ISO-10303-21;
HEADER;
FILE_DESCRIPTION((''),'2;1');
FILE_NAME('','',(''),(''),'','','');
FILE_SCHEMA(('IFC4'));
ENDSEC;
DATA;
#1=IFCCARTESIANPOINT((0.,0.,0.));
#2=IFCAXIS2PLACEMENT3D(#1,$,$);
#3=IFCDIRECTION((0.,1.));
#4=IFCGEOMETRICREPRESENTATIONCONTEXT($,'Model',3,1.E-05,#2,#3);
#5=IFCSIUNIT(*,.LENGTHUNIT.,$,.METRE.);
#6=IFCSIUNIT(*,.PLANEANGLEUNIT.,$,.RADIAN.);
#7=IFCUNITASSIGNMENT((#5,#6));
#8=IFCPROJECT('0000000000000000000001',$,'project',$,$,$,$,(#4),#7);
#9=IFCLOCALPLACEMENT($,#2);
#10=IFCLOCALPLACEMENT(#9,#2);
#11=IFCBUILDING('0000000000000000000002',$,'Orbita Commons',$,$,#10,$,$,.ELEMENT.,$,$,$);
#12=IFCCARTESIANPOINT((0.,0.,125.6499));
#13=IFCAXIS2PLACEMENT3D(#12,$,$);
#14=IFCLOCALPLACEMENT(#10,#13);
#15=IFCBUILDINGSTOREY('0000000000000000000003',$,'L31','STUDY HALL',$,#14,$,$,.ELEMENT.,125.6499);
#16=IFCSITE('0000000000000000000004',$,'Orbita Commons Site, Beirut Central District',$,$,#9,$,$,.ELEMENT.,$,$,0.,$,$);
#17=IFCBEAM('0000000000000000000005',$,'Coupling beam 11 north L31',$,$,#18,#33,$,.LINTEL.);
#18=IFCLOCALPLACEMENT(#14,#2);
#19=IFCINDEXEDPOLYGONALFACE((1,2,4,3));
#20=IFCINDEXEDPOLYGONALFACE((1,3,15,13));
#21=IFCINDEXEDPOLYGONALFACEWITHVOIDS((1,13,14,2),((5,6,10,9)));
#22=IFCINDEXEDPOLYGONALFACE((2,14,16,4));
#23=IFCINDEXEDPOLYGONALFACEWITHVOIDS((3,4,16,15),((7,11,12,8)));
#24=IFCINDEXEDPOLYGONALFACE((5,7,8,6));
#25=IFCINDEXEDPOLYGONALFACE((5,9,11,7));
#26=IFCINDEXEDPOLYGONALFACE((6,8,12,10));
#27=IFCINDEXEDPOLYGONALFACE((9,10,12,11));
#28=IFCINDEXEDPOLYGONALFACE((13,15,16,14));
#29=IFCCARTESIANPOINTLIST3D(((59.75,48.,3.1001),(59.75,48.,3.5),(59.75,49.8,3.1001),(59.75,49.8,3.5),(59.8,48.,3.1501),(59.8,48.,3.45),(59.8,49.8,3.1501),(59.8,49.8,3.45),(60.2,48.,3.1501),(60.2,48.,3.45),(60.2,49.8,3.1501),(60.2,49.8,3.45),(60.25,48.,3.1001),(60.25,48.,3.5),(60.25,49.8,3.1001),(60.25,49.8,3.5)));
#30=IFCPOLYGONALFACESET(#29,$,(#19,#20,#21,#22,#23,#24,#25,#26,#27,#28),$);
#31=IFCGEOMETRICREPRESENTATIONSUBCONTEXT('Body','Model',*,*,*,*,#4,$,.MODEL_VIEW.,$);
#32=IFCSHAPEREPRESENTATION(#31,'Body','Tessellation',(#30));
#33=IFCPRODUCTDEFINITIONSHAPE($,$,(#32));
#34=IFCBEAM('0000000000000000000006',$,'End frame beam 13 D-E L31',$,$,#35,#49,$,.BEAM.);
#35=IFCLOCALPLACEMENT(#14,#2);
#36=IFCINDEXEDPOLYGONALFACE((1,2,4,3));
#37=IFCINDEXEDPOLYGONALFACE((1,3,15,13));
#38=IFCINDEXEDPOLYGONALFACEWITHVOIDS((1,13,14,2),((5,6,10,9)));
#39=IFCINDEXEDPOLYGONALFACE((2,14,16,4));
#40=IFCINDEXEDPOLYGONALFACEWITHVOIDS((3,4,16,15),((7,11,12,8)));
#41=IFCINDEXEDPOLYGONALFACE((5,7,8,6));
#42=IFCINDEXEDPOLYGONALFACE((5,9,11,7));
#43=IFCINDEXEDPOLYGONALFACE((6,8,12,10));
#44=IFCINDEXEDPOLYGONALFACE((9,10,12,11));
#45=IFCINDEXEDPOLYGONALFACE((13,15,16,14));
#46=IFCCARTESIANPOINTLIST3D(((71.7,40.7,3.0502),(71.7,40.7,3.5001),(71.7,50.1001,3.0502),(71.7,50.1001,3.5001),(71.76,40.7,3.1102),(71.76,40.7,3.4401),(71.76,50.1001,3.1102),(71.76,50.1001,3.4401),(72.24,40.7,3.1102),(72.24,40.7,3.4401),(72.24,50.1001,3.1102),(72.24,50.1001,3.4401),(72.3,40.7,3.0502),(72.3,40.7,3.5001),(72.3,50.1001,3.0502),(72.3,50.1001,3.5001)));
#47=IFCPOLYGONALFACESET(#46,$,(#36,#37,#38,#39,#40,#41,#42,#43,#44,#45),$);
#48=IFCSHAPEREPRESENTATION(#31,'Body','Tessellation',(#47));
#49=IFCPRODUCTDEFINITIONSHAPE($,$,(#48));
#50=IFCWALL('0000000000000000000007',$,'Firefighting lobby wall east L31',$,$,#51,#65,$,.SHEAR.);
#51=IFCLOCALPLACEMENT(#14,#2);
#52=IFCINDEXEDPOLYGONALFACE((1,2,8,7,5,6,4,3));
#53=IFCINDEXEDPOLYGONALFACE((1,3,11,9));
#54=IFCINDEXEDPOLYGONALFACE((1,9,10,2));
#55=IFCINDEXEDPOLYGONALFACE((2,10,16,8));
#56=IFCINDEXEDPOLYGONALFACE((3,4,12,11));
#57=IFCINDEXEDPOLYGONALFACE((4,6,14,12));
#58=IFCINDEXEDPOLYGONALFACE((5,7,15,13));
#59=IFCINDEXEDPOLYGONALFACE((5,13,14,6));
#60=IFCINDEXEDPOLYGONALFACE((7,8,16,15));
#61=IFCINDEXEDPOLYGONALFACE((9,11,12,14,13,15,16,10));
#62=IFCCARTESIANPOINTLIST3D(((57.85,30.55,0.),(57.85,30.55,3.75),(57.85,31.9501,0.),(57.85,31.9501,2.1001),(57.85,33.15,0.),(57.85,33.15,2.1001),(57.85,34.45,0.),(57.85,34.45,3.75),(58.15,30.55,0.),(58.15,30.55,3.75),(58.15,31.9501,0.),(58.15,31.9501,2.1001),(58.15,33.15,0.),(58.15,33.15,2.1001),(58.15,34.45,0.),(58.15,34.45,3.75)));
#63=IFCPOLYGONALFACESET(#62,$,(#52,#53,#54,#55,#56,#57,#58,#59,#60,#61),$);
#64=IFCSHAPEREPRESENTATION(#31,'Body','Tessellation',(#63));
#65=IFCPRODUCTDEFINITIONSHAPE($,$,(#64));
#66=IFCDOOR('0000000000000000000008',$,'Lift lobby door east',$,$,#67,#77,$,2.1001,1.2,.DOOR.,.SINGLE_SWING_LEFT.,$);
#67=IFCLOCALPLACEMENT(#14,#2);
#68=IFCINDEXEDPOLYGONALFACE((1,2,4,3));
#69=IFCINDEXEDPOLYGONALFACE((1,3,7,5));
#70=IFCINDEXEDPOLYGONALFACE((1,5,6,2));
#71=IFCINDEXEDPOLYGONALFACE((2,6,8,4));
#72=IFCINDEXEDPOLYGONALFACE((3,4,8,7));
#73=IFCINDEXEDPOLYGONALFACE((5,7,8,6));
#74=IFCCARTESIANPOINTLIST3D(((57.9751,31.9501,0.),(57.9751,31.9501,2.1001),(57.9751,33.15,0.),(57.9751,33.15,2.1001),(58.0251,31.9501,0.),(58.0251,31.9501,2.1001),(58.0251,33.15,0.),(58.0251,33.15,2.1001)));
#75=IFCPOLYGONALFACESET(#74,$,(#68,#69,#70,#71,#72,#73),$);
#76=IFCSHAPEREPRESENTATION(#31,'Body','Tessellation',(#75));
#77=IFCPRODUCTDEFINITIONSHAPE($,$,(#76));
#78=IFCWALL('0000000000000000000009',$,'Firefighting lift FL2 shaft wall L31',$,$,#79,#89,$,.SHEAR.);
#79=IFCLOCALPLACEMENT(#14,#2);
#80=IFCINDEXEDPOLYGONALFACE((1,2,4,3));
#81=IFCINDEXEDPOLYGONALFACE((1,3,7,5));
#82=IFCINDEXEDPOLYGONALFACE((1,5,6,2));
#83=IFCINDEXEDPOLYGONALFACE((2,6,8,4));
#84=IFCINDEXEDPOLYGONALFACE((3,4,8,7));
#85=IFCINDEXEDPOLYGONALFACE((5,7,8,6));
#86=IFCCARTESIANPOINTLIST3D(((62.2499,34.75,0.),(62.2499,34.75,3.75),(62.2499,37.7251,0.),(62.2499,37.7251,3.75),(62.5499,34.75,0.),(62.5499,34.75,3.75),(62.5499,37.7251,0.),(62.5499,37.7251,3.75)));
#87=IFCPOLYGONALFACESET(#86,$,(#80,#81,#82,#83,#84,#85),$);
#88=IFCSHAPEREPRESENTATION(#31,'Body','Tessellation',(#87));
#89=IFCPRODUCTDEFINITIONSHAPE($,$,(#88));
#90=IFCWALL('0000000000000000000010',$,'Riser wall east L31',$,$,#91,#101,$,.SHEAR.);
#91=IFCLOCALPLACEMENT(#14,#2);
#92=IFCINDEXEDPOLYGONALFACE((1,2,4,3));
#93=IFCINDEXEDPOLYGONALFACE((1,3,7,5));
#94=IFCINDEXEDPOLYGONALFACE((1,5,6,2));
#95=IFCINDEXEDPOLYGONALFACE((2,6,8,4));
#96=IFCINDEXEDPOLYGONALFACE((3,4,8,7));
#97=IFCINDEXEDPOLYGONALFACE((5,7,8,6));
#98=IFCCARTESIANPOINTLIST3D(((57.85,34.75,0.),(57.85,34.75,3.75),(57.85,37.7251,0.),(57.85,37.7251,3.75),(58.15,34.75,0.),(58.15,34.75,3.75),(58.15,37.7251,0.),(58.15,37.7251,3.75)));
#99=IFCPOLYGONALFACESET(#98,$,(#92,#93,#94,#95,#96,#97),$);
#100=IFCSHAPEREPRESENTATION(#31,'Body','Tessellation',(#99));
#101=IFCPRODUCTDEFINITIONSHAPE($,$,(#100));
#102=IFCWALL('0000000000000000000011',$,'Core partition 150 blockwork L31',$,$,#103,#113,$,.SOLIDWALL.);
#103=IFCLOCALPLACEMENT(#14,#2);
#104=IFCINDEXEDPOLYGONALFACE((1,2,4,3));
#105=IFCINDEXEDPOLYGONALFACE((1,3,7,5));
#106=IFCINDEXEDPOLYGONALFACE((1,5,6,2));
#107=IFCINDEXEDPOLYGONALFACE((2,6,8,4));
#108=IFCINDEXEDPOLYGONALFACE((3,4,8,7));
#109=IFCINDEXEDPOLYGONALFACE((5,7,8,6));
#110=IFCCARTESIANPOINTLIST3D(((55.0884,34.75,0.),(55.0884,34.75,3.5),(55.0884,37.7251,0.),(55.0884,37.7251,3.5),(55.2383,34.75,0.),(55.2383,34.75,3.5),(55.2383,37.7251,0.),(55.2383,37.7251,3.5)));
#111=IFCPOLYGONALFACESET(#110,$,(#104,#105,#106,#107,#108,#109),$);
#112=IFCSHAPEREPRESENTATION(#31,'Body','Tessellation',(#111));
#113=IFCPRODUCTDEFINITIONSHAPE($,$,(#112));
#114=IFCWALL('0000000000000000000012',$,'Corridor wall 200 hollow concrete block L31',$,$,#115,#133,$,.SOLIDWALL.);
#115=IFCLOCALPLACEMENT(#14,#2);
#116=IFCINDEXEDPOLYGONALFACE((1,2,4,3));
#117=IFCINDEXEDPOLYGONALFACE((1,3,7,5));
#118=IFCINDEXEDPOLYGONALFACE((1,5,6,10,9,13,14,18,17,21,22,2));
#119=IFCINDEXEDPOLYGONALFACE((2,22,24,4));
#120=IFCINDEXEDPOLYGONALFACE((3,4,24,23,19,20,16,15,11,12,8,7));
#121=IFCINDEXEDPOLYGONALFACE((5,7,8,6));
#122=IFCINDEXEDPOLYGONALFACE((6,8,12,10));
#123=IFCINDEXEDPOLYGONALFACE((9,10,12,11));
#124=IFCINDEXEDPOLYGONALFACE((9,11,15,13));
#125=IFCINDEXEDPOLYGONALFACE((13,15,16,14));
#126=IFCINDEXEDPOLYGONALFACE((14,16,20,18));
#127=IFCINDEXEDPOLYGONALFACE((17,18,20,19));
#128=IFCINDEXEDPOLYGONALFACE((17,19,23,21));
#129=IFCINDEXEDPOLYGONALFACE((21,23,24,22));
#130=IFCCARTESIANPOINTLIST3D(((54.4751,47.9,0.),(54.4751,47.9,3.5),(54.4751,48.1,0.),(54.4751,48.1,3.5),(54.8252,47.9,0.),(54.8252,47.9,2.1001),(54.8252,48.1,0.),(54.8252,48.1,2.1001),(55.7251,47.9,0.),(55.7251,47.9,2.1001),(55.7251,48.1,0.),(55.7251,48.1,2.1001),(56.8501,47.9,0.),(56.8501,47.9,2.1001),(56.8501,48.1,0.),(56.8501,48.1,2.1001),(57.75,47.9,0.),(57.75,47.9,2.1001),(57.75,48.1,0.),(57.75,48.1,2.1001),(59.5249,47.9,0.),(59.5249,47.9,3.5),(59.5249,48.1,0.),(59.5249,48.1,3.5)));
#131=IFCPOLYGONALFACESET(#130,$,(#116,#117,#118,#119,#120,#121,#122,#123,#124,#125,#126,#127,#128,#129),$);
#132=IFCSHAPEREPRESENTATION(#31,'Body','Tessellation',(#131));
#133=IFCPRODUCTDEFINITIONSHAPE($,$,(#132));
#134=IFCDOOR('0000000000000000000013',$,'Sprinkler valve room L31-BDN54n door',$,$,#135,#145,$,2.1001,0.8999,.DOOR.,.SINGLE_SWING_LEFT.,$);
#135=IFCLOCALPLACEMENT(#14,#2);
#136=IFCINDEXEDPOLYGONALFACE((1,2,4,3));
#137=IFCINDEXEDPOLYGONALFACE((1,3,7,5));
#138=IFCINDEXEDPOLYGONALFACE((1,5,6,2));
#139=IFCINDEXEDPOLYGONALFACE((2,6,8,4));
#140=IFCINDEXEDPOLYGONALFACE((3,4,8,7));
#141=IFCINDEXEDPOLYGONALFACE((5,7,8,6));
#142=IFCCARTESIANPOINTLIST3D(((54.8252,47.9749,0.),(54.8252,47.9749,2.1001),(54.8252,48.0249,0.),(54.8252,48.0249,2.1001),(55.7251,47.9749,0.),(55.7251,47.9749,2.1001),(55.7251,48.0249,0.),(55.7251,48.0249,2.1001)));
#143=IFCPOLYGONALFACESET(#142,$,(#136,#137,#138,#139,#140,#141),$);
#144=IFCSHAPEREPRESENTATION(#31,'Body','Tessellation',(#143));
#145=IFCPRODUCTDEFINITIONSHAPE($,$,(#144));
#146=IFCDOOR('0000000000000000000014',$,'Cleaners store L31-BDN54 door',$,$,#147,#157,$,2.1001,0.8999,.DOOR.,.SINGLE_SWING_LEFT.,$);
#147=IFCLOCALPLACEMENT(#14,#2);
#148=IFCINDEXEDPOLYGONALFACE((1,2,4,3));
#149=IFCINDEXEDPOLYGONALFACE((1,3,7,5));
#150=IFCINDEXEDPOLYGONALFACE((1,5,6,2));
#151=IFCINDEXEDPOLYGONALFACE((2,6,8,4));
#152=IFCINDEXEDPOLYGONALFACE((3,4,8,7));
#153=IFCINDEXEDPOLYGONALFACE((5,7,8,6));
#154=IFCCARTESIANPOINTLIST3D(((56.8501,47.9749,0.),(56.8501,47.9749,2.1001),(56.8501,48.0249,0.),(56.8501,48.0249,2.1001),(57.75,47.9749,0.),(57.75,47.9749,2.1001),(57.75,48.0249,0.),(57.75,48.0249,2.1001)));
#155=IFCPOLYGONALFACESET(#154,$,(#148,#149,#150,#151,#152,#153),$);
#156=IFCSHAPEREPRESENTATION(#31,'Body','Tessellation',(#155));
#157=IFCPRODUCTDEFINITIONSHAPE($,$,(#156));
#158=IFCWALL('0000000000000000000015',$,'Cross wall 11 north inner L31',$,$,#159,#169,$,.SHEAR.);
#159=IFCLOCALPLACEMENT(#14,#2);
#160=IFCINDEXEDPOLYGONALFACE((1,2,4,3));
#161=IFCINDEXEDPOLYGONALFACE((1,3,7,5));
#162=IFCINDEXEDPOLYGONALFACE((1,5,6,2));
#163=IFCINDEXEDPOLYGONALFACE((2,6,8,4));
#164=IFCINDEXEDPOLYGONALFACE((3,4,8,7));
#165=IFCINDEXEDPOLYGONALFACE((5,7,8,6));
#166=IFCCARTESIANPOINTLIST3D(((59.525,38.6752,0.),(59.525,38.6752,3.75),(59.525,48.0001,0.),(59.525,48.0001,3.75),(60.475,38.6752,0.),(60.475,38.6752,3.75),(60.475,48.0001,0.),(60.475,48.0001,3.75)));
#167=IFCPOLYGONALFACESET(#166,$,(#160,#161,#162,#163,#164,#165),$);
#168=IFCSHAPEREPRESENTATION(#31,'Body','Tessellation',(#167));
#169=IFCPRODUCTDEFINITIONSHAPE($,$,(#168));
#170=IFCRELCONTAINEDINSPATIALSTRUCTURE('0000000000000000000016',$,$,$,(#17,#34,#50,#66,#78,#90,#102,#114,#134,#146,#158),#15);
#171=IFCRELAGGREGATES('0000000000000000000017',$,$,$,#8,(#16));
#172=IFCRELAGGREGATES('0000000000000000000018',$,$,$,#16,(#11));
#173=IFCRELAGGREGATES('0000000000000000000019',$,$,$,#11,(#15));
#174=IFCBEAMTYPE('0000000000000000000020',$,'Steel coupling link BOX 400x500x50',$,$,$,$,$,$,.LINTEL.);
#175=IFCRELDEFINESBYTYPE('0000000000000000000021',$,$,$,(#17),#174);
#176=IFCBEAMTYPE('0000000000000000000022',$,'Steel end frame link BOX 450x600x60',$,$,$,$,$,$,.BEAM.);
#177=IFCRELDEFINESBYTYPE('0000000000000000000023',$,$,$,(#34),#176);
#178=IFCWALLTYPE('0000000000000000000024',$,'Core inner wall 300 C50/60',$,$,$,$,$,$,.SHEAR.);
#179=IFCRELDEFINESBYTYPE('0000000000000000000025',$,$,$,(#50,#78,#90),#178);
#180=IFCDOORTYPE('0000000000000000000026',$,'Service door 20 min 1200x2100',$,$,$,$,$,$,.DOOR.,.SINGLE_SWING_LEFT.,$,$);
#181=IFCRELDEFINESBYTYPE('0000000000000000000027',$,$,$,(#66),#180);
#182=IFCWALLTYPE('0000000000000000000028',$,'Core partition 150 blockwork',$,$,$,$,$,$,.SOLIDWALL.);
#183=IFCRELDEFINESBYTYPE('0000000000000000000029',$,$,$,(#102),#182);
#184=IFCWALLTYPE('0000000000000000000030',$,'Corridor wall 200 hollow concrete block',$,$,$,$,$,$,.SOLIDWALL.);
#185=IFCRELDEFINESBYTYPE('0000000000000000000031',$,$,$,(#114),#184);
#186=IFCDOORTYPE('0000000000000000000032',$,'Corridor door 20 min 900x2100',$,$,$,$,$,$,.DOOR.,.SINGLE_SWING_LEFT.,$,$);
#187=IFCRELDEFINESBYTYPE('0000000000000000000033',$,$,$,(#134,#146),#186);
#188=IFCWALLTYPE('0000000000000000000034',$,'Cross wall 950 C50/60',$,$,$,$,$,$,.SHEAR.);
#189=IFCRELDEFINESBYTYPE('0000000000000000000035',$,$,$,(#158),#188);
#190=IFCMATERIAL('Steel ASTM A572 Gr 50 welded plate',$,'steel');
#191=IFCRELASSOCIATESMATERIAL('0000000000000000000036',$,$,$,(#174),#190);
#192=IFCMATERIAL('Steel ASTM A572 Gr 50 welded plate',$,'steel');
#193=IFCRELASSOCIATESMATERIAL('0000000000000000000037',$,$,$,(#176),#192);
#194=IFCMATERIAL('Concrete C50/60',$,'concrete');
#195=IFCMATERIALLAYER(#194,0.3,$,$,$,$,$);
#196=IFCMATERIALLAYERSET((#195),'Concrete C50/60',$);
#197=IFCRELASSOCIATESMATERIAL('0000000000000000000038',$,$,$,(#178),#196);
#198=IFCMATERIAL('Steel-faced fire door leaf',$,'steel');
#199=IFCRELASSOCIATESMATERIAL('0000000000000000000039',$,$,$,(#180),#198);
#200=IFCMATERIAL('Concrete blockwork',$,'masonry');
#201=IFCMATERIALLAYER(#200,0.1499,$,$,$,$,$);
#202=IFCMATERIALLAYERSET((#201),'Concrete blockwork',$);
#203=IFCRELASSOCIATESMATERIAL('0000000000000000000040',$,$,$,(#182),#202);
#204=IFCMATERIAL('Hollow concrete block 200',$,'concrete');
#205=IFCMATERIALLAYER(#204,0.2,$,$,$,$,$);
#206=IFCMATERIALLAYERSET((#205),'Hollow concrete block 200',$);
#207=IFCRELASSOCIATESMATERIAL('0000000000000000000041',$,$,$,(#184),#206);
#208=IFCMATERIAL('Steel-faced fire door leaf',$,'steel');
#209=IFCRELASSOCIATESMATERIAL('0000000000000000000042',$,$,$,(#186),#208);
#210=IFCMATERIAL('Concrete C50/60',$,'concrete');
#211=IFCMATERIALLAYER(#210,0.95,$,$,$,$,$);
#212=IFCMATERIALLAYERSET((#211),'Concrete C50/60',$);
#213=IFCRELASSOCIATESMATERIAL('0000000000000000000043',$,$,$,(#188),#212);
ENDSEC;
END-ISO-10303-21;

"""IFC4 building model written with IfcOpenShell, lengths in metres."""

from ifc_helpers import new_model, si_unit, direction, frame, frame_2d, origin, origin_2d, place, context, subcontext, project, spatial, rectangle, hollow_rectangle, extrude, material, layer, layer_set, material_profile, profile_set, type_object, element, fill, save


model = new_model("IFC4")

# Units and contexts
model_context = context("Model", 3, precision=1e-05, world=origin(), true_north=direction((0.0, 1.0)))
body_context = subcontext(model_context, "Body", "Model", "MODEL_VIEW")
ifc_project = project(units=[si_unit("LENGTHUNIT", "METRE"), si_unit("PLANEANGLEUNIT", "RADIAN")], contexts=[model_context])

# Site, building, storey
site_placement = place(None, origin())
site = spatial("IfcSite", under=ifc_project, at=site_placement, Name="Orbita Commons Site, Beirut Central District", CompositionType="ELEMENT", RefElevation=0.0)
building_placement = place(site_placement, origin())
building = spatial("IfcBuilding", under=site, at=building_placement, Name="Orbita Commons", CompositionType="ELEMENT")
storey_placement = place(building_placement, frame((0.0, 0.0, 125.6499)))
storey = spatial("IfcBuildingStorey", under=building, at=storey_placement, Name="L31", Description="STUDY HALL", CompositionType="ELEMENT", Elevation=125.6499)

# Beams
ifc_material_1 = material(Name="Steel ASTM A572 Gr 50 welded plate", Category="steel")
ifc_material_profile_1 = material_profile(ifc_material_1, hollow_rectangle(XDim=0.5, YDim=0.3999, WallThickness=0.05, at=origin_2d()), Name="BOX 400x500x50")
ifc_profile_set_1 = profile_set([ifc_material_profile_1], Name="Steel ASTM A572 Gr 50 welded plate")
beam_type_1 = type_object("IfcBeamType", Name="Steel coupling link BOX 400x500x50", PredefinedType="LINTEL", material=ifc_profile_set_1)
beam_1_placement = place(storey_placement, frame((60.0, 48.0, 3.3), z_axis=(0.0, 1.0, 0.0), x_axis=(-1.0, 0.0, 0.0)))
element("IfcBeam", 1, at=beam_1_placement, inside=storey, type_object=beam_type_1, Name="Coupling beam 11 north L31", PredefinedType="LINTEL", context=body_context, shape_type="SweptSolid", body=[
    extrude(hollow_rectangle(XDim=0.5, YDim=0.3999, WallThickness=0.05, at=origin_2d()), origin(), (0.0, 0.0, 1.0), 1.8),
])
ifc_material_2 = material(Name="Steel ASTM A572 Gr 50 welded plate", Category="steel")
ifc_material_profile_2 = material_profile(ifc_material_2, hollow_rectangle(XDim=0.6001, YDim=0.45, WallThickness=0.0601, at=origin_2d()), Name="BOX 450x600x60")
ifc_profile_set_2 = profile_set([ifc_material_profile_2], Name="Steel ASTM A572 Gr 50 welded plate")
beam_type_2 = type_object("IfcBeamType", Name="Steel end frame link BOX 450x600x60", PredefinedType="BEAM", material=ifc_profile_set_2)
beam_2_placement = place(storey_placement, frame((72.0, 40.7, 3.2751), z_axis=(0.0, 1.0, 0.0), x_axis=(-1.0, 0.0, 0.0)))
element("IfcBeam", 2, at=beam_2_placement, inside=storey, type_object=beam_type_2, Name="End frame beam 13 D-E L31", PredefinedType="BEAM", context=body_context, shape_type="SweptSolid", body=[
    extrude(hollow_rectangle(XDim=0.6001, YDim=0.45, WallThickness=0.0601, at=origin_2d()), origin(), (0.0, 0.0, 1.0), 9.4001),
])

# Wall, opening, door
ifc_material_3 = material(Name="Concrete C50/60", Category="concrete")
ifc_layer_1 = layer(ifc_material_3, 0.3)
ifc_layer_set_1 = layer_set([ifc_layer_1], Name="Concrete C50/60")
wall_type_1 = type_object("IfcWallType", Name="Core inner wall 300 C50/60", PredefinedType="SHEAR", material=ifc_layer_set_1)
wall_1_placement = place(storey_placement, frame((58.0, 30.55, 0.0), z_axis=(0.0, 0.0, 1.0), x_axis=(0.0, 1.0, 0.0)))
wall_1 = element("IfcWall", 3, at=wall_1_placement, inside=storey, type_object=wall_type_1, Name="Firefighting lobby wall east L31", PredefinedType="SHEAR", context=body_context, shape_type="SweptSolid", body=[
    extrude(rectangle(XDim=3.8999, YDim=0.3, at=frame_2d((1.95, 0.0))), origin(), (0.0, 0.0, 1.0), 3.75),
])
opening_1_placement = place(wall_1_placement, frame((1.3999, 0.0, 0.0)))
opening_1 = element("IfcOpeningElement", 4, at=opening_1_placement, cuts=wall_1, PredefinedType="OPENING", context=body_context, shape_type="SweptSolid", body=[
    extrude(rectangle(XDim=1.2, YDim=2.1001, at=frame_2d((0.6001, 1.05))), frame((0.0, 0.1599, 0.0), z_axis=(0.0, -1.0, 0.0), x_axis=(1.0, 0.0, 0.0)), (0.0, 0.0, 1.0), 0.3201),
])
ifc_material_4 = material(Name="Steel-faced fire door leaf", Category="steel")
door_type_1 = type_object("IfcDoorType", Name="Service door 20 min 1200x2100", OperationType="SINGLE_SWING_LEFT", PredefinedType="DOOR", material=ifc_material_4)
door_1_placement = place(opening_1_placement, origin())
door_1 = element("IfcDoor", 5, at=door_1_placement, inside=storey, type_object=door_type_1, Name="Lift lobby door east", OperationType="SINGLE_SWING_LEFT", OverallHeight=2.1001, OverallWidth=1.2, PredefinedType="DOOR", context=body_context, shape_type="SweptSolid", body=[
    extrude(rectangle(XDim=1.2, YDim=2.1001, at=frame_2d((0.6001, 1.05))), frame((0.0, 0.0249, 0.0), z_axis=(0.0, -1.0, 0.0), x_axis=(1.0, 0.0, 0.0)), (0.0, 0.0, 1.0), 0.05),
])
fill(opening_1, door_1)

# Walls
for number, where, z_axis, x_axis, name in (
    (6, (62.3999, 34.75, 0.0), (0.0, 0.0, 1.0), (0.0, 1.0, 0.0), "Firefighting lift FL2 shaft wall L31"),
    (7, (58.0, 34.75, 0.0), (0.0, 0.0, 1.0), (0.0, 1.0, 0.0), "Riser wall east L31"),
):
    element("IfcWall", number, at=place(storey_placement, frame(where, z_axis=z_axis, x_axis=x_axis)), inside=storey, type_object=wall_type_1, Name=name, PredefinedType="SHEAR", context=body_context, shape_type="SweptSolid", body=[
        extrude(rectangle(XDim=2.9751, YDim=0.3, at=frame_2d((1.4875, 0.0))), origin(), (0.0, 0.0, 1.0), 3.75),
    ])
ifc_material_5 = material(Name="Concrete blockwork", Category="masonry")
ifc_layer_2 = layer(ifc_material_5, 0.1499)
ifc_layer_set_2 = layer_set([ifc_layer_2], Name="Concrete blockwork")
wall_type_2 = type_object("IfcWallType", Name="Core partition 150 blockwork", PredefinedType="SOLIDWALL", material=ifc_layer_set_2)
wall_2_placement = place(storey_placement, frame((55.1633, 34.75, 0.0), z_axis=(0.0, 0.0, 1.0), x_axis=(0.0, 1.0, 0.0)))
element("IfcWall", 8, at=wall_2_placement, inside=storey, type_object=wall_type_2, Name="Core partition 150 blockwork L31", PredefinedType="SOLIDWALL", context=body_context, shape_type="SweptSolid", body=[
    extrude(rectangle(XDim=2.9751, YDim=0.1499, at=frame_2d((1.4875, 0.0))), origin(), (0.0, 0.0, 1.0), 3.5),
])

# Wall, openings, doors
ifc_material_6 = material(Name="Hollow concrete block 200", Category="concrete")
ifc_layer_3 = layer(ifc_material_6, 0.2)
ifc_layer_set_3 = layer_set([ifc_layer_3], Name="Hollow concrete block 200")
wall_type_3 = type_object("IfcWallType", Name="Corridor wall 200 hollow concrete block", PredefinedType="SOLIDWALL", material=ifc_layer_set_3)
wall_3_placement = place(storey_placement, frame((54.4751, 48.0, 0.0), z_axis=(0.0, 0.0, 1.0), x_axis=(1.0, 0.0, 0.0)))
wall_3 = element("IfcWall", 9, at=wall_3_placement, inside=storey, type_object=wall_type_3, Name="Corridor wall 200 hollow concrete block L31", PredefinedType="SOLIDWALL", context=body_context, shape_type="SweptSolid", body=[
    extrude(rectangle(XDim=5.0498, YDim=0.2, at=frame_2d((2.5249, 0.0))), origin(), (0.0, 0.0, 1.0), 3.5),
])
opening_2_placement = place(wall_3_placement, frame((0.3501, 0.0, 0.0)))
opening_2 = element("IfcOpeningElement", 10, at=opening_2_placement, cuts=wall_3, PredefinedType="OPENING", context=body_context, shape_type="SweptSolid", body=[
    extrude(rectangle(XDim=0.8999, YDim=2.1001, at=frame_2d((0.45, 1.05))), frame((0.0, 0.1099, 0.0), z_axis=(0.0, -1.0, 0.0), x_axis=(1.0, 0.0, 0.0)), (0.0, 0.0, 1.0), 0.22),
])
opening_3_placement = place(wall_3_placement, frame((2.375, 0.0, 0.0)))
opening_3 = element("IfcOpeningElement", 11, at=opening_3_placement, cuts=wall_3, PredefinedType="OPENING", context=body_context, shape_type="SweptSolid", body=[
    extrude(rectangle(XDim=0.8999, YDim=2.1001, at=frame_2d((0.45, 1.05))), frame((0.0, 0.1099, 0.0), z_axis=(0.0, -1.0, 0.0), x_axis=(1.0, 0.0, 0.0)), (0.0, 0.0, 1.0), 0.22),
])
ifc_material_7 = material(Name="Steel-faced fire door leaf", Category="steel")
door_type_2 = type_object("IfcDoorType", Name="Corridor door 20 min 900x2100", OperationType="SINGLE_SWING_LEFT", PredefinedType="DOOR", material=ifc_material_7)
door_2_placement = place(opening_2_placement, origin())
door_2 = element("IfcDoor", 12, at=door_2_placement, inside=storey, type_object=door_type_2, Name="Sprinkler valve room L31-BDN54n door", OperationType="SINGLE_SWING_LEFT", OverallHeight=2.1001, OverallWidth=0.8999, PredefinedType="DOOR", context=body_context, shape_type="SweptSolid", body=[
    extrude(rectangle(XDim=0.8999, YDim=2.1001, at=frame_2d((0.45, 1.05))), frame((0.0, 0.0249, 0.0), z_axis=(0.0, -1.0, 0.0), x_axis=(1.0, 0.0, 0.0)), (0.0, 0.0, 1.0), 0.05),
])
fill(opening_2, door_2)
door_3_placement = place(opening_3_placement, origin())
door_3 = element("IfcDoor", 13, at=door_3_placement, inside=storey, type_object=door_type_2, Name="Cleaners store L31-BDN54 door", OperationType="SINGLE_SWING_LEFT", OverallHeight=2.1001, OverallWidth=0.8999, PredefinedType="DOOR", context=body_context, shape_type="SweptSolid", body=[
    extrude(rectangle(XDim=0.8999, YDim=2.1001, at=frame_2d((0.45, 1.05))), frame((0.0, 0.0249, 0.0), z_axis=(0.0, -1.0, 0.0), x_axis=(1.0, 0.0, 0.0)), (0.0, 0.0, 1.0), 0.05),
])
fill(opening_3, door_3)

# Wall
ifc_material_8 = material(Name="Concrete C50/60", Category="concrete")
ifc_layer_4 = layer(ifc_material_8, 0.95)
ifc_layer_set_4 = layer_set([ifc_layer_4], Name="Concrete C50/60")
wall_type_4 = type_object("IfcWallType", Name="Cross wall 950 C50/60", PredefinedType="SHEAR", material=ifc_layer_set_4)
for number, where, z_axis, x_axis, name in (
    (14, (60.0, 38.675, 0.0), (0.0, 0.0, 1.0), (0.0, 1.0, 0.0), "Cross wall 11 north inner L31"),
):
    element("IfcWall", number, at=place(storey_placement, frame(where, z_axis=z_axis, x_axis=x_axis)), inside=storey, type_object=wall_type_4, Name=name, PredefinedType="SHEAR", context=body_context, shape_type="SweptSolid", body=[
        extrude(rectangle(XDim=9.325, YDim=0.95, at=frame_2d((4.6626, 0.0))), origin(), (0.0, 0.0, 1.0), 3.75),
    ])

save(model, "model.ifc")
